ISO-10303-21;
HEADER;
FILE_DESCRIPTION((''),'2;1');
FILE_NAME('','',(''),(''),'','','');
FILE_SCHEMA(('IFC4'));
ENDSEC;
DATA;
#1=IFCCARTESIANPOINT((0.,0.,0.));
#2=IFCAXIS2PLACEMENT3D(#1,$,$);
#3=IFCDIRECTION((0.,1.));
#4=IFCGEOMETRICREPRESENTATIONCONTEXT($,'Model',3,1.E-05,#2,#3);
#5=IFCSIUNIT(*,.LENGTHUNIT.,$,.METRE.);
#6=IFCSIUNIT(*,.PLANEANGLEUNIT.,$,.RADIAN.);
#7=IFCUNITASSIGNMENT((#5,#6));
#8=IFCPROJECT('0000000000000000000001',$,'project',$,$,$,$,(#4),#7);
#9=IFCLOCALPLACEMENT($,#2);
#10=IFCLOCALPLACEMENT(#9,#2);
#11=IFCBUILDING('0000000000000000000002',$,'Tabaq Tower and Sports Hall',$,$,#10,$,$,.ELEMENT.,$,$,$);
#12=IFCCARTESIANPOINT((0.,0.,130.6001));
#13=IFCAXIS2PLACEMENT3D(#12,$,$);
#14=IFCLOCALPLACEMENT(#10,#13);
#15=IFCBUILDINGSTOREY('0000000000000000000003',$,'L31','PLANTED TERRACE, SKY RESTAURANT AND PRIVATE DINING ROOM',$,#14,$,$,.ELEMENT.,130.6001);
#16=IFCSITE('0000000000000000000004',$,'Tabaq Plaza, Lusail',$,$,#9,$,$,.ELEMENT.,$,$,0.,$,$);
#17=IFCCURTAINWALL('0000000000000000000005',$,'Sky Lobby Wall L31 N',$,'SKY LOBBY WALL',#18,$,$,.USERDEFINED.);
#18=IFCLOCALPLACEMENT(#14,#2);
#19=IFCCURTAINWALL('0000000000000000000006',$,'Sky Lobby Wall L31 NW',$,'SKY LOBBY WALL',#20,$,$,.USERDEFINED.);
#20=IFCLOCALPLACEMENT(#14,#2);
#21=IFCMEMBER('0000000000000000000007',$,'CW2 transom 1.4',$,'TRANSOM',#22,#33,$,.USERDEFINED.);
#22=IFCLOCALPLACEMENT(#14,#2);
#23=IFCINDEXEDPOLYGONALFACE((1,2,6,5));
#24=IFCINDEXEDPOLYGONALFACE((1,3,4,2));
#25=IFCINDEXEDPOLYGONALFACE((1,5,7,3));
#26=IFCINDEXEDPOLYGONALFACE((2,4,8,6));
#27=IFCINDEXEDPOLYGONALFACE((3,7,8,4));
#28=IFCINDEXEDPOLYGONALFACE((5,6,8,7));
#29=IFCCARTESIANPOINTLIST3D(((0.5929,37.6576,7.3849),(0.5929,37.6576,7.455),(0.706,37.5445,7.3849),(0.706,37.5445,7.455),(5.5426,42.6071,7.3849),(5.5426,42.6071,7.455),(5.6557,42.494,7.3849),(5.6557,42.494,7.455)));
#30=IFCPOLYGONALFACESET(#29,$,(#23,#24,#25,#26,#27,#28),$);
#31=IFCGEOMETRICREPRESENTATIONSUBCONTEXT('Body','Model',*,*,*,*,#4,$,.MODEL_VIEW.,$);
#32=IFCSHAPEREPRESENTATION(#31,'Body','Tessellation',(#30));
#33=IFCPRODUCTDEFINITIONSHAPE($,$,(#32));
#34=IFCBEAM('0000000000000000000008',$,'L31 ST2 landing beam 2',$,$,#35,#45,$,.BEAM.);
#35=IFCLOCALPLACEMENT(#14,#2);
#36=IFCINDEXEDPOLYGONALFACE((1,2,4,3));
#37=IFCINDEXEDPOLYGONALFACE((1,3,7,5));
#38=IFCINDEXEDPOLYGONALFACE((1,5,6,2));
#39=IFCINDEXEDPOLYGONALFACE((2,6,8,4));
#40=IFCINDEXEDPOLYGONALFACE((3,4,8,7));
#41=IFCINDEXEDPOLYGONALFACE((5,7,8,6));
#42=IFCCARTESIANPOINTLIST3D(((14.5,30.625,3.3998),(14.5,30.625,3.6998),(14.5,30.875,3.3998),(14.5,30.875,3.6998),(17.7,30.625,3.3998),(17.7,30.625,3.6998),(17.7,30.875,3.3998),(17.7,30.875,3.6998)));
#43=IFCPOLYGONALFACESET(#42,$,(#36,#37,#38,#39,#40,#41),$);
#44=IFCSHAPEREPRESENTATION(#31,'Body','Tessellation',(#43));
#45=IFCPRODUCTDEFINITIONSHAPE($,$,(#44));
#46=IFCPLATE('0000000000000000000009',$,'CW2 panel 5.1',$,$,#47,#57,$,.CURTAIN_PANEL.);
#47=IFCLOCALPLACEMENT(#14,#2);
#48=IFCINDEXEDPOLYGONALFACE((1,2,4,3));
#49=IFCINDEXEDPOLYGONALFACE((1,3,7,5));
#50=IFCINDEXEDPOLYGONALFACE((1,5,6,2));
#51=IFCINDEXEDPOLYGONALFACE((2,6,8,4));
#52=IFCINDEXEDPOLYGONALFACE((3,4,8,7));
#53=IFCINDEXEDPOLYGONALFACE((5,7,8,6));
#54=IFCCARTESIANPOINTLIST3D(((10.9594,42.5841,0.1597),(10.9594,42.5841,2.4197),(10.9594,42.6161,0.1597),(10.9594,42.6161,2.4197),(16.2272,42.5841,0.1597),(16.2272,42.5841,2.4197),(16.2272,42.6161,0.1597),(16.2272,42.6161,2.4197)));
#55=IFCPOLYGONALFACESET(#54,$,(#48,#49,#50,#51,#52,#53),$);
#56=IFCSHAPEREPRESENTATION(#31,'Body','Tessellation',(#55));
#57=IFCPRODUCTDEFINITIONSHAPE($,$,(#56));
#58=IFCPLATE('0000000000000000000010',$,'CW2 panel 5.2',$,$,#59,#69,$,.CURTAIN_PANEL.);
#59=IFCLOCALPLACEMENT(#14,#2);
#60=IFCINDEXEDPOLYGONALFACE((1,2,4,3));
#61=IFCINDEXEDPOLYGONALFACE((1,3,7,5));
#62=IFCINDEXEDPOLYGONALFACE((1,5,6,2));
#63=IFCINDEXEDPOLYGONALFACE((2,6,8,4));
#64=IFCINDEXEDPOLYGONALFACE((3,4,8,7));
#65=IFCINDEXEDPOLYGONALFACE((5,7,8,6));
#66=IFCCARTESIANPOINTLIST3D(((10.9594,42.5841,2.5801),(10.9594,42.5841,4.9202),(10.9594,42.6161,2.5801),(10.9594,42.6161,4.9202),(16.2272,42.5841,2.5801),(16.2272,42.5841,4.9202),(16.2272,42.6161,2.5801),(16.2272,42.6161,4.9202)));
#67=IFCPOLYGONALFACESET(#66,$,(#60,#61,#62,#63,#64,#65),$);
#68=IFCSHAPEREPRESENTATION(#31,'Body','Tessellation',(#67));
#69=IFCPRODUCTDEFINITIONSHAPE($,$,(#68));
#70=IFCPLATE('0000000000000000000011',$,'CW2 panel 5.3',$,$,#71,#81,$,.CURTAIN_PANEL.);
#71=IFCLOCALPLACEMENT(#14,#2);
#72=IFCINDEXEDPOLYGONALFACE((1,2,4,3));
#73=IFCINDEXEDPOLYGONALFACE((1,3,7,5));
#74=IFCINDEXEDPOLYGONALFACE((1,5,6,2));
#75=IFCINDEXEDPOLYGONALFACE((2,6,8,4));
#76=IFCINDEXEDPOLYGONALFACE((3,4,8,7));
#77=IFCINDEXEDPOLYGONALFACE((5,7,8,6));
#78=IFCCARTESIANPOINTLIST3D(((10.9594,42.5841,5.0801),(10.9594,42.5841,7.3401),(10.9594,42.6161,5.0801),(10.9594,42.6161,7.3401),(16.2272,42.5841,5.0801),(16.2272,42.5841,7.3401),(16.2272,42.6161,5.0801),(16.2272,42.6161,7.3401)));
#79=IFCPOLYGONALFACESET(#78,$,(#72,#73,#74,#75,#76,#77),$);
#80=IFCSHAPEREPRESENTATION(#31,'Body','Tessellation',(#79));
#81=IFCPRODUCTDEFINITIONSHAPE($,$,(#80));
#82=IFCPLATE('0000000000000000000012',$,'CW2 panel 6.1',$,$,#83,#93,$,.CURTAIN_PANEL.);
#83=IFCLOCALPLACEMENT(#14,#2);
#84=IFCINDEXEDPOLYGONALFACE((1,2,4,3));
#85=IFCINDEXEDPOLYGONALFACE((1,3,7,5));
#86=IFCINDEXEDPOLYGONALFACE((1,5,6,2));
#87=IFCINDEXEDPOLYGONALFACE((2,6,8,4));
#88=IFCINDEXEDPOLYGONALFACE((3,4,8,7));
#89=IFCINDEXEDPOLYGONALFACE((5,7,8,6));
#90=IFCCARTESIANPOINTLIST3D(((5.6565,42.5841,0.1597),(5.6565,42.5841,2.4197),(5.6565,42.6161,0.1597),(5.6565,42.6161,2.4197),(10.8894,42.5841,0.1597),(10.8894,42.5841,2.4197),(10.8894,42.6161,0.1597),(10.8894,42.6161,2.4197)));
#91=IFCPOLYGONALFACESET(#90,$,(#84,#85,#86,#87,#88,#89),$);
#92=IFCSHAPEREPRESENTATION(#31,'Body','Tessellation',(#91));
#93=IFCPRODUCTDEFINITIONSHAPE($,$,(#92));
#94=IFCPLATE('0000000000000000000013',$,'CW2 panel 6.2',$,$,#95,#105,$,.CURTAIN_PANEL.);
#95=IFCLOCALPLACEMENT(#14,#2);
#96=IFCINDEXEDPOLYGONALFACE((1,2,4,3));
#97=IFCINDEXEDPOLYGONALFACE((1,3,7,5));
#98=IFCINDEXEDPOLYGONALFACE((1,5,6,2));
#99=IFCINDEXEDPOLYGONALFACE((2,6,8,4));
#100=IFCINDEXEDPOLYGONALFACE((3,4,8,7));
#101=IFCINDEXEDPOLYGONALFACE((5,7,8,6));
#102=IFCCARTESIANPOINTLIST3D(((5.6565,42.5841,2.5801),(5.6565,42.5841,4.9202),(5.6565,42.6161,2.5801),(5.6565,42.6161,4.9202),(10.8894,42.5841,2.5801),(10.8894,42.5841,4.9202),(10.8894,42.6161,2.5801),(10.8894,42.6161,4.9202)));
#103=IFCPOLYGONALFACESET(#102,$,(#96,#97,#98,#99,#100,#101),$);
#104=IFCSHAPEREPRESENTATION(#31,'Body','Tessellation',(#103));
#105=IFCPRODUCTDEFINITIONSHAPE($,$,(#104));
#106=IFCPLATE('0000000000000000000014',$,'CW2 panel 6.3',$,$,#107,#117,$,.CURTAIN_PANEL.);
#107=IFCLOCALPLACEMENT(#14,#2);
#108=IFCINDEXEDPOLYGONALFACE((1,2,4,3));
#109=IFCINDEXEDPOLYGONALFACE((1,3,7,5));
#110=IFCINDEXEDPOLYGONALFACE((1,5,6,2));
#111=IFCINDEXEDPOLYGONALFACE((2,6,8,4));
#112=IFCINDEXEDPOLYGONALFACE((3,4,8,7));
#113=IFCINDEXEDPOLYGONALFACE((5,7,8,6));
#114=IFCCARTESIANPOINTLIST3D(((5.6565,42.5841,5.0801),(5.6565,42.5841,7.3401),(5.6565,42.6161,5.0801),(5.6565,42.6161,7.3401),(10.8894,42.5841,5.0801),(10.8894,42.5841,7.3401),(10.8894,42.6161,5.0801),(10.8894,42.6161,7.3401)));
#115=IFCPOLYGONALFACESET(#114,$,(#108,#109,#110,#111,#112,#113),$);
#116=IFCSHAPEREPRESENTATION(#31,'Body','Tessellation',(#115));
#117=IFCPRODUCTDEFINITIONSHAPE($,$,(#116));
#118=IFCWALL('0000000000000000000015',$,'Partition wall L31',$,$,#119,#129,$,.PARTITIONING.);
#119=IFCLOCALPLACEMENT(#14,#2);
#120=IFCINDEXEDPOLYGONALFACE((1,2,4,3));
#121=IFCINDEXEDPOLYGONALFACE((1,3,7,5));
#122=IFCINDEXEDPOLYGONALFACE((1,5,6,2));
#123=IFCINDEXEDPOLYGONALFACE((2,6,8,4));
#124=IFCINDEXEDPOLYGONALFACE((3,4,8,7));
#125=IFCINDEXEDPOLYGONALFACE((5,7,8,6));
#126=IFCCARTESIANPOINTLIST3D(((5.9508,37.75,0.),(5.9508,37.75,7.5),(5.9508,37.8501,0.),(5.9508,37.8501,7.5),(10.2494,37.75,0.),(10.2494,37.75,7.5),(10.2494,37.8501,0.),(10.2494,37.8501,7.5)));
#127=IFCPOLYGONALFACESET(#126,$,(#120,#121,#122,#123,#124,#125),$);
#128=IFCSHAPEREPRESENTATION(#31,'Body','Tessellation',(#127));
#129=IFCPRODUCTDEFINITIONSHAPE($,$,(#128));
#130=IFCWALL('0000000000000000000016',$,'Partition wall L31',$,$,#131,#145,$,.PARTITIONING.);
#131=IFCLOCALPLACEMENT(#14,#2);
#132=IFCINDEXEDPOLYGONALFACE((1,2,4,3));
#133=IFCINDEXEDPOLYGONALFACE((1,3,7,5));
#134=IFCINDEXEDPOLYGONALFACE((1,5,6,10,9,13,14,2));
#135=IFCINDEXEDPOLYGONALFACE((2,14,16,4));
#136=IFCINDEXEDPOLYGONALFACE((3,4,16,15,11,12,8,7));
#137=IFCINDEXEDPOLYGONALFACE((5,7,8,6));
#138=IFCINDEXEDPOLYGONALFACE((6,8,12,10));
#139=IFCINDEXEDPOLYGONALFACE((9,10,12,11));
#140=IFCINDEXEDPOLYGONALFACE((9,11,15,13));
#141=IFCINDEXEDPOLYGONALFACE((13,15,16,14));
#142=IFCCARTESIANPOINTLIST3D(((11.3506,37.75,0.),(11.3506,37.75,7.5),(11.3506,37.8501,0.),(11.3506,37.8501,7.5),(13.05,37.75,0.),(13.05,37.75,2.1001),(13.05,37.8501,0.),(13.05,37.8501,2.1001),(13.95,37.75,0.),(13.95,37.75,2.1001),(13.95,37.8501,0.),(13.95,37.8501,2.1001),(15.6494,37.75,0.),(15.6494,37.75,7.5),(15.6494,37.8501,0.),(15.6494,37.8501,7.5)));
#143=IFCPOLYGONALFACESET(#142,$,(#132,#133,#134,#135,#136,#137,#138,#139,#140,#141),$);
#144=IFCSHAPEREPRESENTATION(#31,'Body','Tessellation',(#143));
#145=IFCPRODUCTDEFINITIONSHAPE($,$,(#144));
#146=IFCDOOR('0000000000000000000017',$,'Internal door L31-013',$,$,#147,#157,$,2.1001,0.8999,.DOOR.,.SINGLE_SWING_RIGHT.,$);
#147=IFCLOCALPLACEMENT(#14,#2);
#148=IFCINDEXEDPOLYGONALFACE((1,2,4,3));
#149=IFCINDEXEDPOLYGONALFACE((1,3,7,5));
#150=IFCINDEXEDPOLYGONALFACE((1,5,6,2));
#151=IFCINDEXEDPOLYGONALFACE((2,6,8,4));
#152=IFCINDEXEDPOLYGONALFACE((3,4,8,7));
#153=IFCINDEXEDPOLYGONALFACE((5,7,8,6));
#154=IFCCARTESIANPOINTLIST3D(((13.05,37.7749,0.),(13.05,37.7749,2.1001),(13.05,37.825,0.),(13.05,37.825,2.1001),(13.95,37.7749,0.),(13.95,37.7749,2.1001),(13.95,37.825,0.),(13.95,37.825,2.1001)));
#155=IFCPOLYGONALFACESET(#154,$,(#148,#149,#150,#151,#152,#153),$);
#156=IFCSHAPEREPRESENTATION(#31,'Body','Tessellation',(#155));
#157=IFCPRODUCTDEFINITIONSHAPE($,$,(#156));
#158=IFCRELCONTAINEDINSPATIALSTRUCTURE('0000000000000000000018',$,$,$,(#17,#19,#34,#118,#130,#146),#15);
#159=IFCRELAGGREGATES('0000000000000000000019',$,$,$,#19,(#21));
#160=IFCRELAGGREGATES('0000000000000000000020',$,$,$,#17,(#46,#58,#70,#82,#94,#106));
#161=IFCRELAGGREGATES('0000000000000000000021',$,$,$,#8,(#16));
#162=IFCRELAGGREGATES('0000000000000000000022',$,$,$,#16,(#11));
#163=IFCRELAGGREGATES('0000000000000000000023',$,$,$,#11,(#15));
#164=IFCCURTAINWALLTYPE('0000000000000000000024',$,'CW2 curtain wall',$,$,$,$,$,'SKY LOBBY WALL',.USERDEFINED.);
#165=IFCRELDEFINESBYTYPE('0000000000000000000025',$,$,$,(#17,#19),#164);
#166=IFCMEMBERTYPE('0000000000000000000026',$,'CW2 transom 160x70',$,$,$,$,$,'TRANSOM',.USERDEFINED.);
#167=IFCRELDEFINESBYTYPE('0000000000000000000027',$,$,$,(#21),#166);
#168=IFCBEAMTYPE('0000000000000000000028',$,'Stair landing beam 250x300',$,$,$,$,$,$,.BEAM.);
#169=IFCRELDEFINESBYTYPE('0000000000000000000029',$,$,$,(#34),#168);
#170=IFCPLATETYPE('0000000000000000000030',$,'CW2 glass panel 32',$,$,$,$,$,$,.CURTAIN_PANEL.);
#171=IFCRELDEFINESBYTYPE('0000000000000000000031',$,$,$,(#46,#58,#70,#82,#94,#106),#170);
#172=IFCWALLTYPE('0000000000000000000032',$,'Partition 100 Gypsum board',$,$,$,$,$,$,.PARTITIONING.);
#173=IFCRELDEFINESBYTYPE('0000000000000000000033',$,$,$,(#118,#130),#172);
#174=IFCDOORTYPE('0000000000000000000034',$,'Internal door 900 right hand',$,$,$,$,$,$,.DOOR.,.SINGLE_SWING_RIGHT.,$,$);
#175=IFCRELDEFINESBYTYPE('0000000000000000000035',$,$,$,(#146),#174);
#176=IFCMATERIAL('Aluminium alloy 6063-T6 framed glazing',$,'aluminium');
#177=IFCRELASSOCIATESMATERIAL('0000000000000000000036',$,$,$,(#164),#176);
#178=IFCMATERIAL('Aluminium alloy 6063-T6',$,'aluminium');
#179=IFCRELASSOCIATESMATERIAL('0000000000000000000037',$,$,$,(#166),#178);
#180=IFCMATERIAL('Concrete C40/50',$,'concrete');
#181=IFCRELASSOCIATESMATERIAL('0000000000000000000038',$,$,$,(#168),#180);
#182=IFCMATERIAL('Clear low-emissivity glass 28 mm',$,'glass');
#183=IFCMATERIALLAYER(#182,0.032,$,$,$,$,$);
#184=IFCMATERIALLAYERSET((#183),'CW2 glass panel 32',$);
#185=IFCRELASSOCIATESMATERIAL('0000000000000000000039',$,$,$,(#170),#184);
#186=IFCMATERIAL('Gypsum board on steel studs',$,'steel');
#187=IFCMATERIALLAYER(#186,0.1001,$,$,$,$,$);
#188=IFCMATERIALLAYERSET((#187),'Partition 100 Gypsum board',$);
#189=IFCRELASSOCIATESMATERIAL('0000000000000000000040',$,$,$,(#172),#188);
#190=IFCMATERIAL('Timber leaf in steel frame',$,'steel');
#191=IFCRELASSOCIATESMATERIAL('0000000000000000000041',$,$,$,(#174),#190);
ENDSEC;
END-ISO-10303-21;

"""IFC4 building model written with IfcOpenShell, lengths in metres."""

from ifc_helpers import new_model, si_unit, direction, frame, frame_2d, origin, origin_2d, place, context, subcontext, project, spatial, rectangle, extrude, material, layer, layer_set, material_profile, profile_set, type_object, element, fill, aggregate, save


model = new_model("IFC4")

# Units and contexts
model_context = context("Model", 3, precision=1e-05, world=origin(), true_north=direction((0.0, 1.0)))
body_context = subcontext(model_context, "Body", "Model", "MODEL_VIEW")
ifc_project = project(units=[si_unit("LENGTHUNIT", "METRE"), si_unit("PLANEANGLEUNIT", "RADIAN")], contexts=[model_context])

# Site, building, storey
site_placement = place(None, origin())
site = spatial("IfcSite", under=ifc_project, at=site_placement, Name="Tabaq Plaza, Lusail", CompositionType="ELEMENT", RefElevation=0.0)
building_placement = place(site_placement, origin())
building = spatial("IfcBuilding", under=site, at=building_placement, Name="Tabaq Tower and Sports Hall", CompositionType="ELEMENT")
storey_placement = place(building_placement, frame((0.0, 0.0, 130.6001)))
storey = spatial("IfcBuildingStorey", under=building, at=storey_placement, Name="L31", Description="PLANTED TERRACE, SKY RESTAURANT AND PRIVATE DINING ROOM", CompositionType="ELEMENT", Elevation=130.6001)

# Curtain wall
ifc_material_1 = material(Name="Aluminium alloy 6063-T6 framed glazing", Category="aluminium")
curtain_wall_type = type_object("IfcCurtainWallType", Name="CW2 curtain wall", ElementType="SKY LOBBY WALL", PredefinedType="USERDEFINED", material=ifc_material_1)
curtain_wall_1_placement = place(storey_placement, origin())
curtain_wall_1 = element("IfcCurtainWall", 1, at=curtain_wall_1_placement, inside=storey, type_object=curtain_wall_type, Name="Sky Lobby Wall L31 N", ObjectType="SKY LOBBY WALL", PredefinedType="USERDEFINED")

# Curtain wall
curtain_wall_2_placement = place(storey_placement, origin())
curtain_wall_2 = element("IfcCurtainWall", 2, at=curtain_wall_2_placement, inside=storey, type_object=curtain_wall_type, Name="Sky Lobby Wall L31 NW", ObjectType="SKY LOBBY WALL", PredefinedType="USERDEFINED")

# Member
ifc_material_2 = material(Name="Aluminium alloy 6063-T6", Category="aluminium")
ifc_material_profile_1 = material_profile(ifc_material_2, rectangle(XDim=0.1599, YDim=0.0701, at=origin_2d()), Name="TRANSOM 160x70")
ifc_profile_set_1 = profile_set([ifc_material_profile_1], Name="Aluminium alloy 6063-T6")
member_type_1 = type_object("IfcMemberType", Name="CW2 transom 160x70", ElementType="TRANSOM", PredefinedType="USERDEFINED", material=ifc_profile_set_1)
member_1_placement = place(storey_placement, frame((5.5991, 42.5505, 7.4199), z_axis=(-0.707124, -0.707089, 0.0), x_axis=(0.707089, -0.707124, 0.0)))
member_1 = element("IfcMember", 3, at=member_1_placement, type_object=member_type_1, Name="CW2 transom 1.4", ObjectType="TRANSOM", PredefinedType="USERDEFINED", context=body_context, shape_type="SweptSolid", body=[
    extrude(rectangle(XDim=0.1599, YDim=0.0701, at=origin_2d()), origin(), (0.0, 0.0, 1.0), 6.9998),
])
aggregate(curtain_wall_2, [member_1])

# Beam
ifc_material_3 = material(Name="Concrete C40/50", Category="concrete")
ifc_material_profile_2 = material_profile(ifc_material_3, rectangle(XDim=0.25, YDim=0.3, at=origin_2d()), Name="RC 250x300")
ifc_profile_set_2 = profile_set([ifc_material_profile_2], Name="Concrete C40/50")
beam_type = type_object("IfcBeamType", Name="Stair landing beam 250x300", PredefinedType="BEAM", material=ifc_profile_set_2)
beam_placement = place(storey_placement, frame((14.5, 30.75, 3.5498), z_axis=(1.0, 0.0, 0.0), x_axis=(0.0, 1.0, 0.0)))
element("IfcBeam", 4, at=beam_placement, inside=storey, type_object=beam_type, Name="L31 ST2 landing beam 2", PredefinedType="BEAM", context=body_context, shape_type="SweptSolid", body=[
    extrude(rectangle(XDim=0.25, YDim=0.3, at=origin_2d()), origin(), (0.0, 0.0, 1.0), 3.2),
])

# Plates
ifc_material_4 = material(Name="Clear low-emissivity glass 28 mm", Category="glass")
ifc_layer_1 = layer(ifc_material_4, 0.032)
ifc_layer_set_1 = layer_set([ifc_layer_1], Name="CW2 glass panel 32")
plate_type = type_object("IfcPlateType", Name="CW2 glass panel 32", PredefinedType="CURTAIN_PANEL", material=ifc_layer_set_1)
plate_1_placement = place(storey_placement, frame((13.5933, 42.6001, 0.1597), z_axis=(0.0, 0.0, 1.0), x_axis=(-1.0, 0.0, 0.0)))
plate_1 = element("IfcPlate", 5, at=plate_1_placement, type_object=plate_type, Name="CW2 panel 5.1", PredefinedType="CURTAIN_PANEL", context=body_context, shape_type="SweptSolid", body=[
    extrude(rectangle(XDim=5.2678, YDim=0.032, at=origin_2d()), origin(), (0.0, 0.0, 1.0), 2.26),
])
plate_2_placement = place(storey_placement, frame((13.5933, 42.6001, 2.5801), z_axis=(0.0, 0.0, 1.0), x_axis=(-1.0, 0.0, 0.0)))
plate_2 = element("IfcPlate", 6, at=plate_2_placement, type_object=plate_type, Name="CW2 panel 5.2", PredefinedType="CURTAIN_PANEL", context=body_context, shape_type="SweptSolid", body=[
    extrude(rectangle(XDim=5.2678, YDim=0.032, at=origin_2d()), origin(), (0.0, 0.0, 1.0), 2.3401),
])
plate_3_placement = place(storey_placement, frame((13.5933, 42.6001, 5.0801), z_axis=(0.0, 0.0, 1.0), x_axis=(-1.0, 0.0, 0.0)))
plate_3 = element("IfcPlate", 7, at=plate_3_placement, type_object=plate_type, Name="CW2 panel 5.3", PredefinedType="CURTAIN_PANEL", context=body_context, shape_type="SweptSolid", body=[
    extrude(rectangle(XDim=5.2678, YDim=0.032, at=origin_2d()), origin(), (0.0, 0.0, 1.0), 2.26),
])
plate_4_placement = place(storey_placement, frame((8.2729, 42.6001, 0.1597), z_axis=(0.0, 0.0, 1.0), x_axis=(-1.0, 0.0, 0.0)))
plate_4 = element("IfcPlate", 8, at=plate_4_placement, type_object=plate_type, Name="CW2 panel 6.1", PredefinedType="CURTAIN_PANEL", context=body_context, shape_type="SweptSolid", body=[
    extrude(rectangle(XDim=5.2329, YDim=0.032, at=origin_2d()), origin(), (0.0, 0.0, 1.0), 2.26),
])
plate_5_placement = place(storey_placement, frame((8.2729, 42.6001, 2.5801), z_axis=(0.0, 0.0, 1.0), x_axis=(-1.0, 0.0, 0.0)))
plate_5 = element("IfcPlate", 9, at=plate_5_placement, type_object=plate_type, Name="CW2 panel 6.2", PredefinedType="CURTAIN_PANEL", context=body_context, shape_type="SweptSolid", body=[
    extrude(rectangle(XDim=5.2329, YDim=0.032, at=origin_2d()), origin(), (0.0, 0.0, 1.0), 2.3401),
])
plate_6_placement = place(storey_placement, frame((8.2729, 42.6001, 5.0801), z_axis=(0.0, 0.0, 1.0), x_axis=(-1.0, 0.0, 0.0)))
plate_6 = element("IfcPlate", 10, at=plate_6_placement, type_object=plate_type, Name="CW2 panel 6.3", PredefinedType="CURTAIN_PANEL", context=body_context, shape_type="SweptSolid", body=[
    extrude(rectangle(XDim=5.2329, YDim=0.032, at=origin_2d()), origin(), (0.0, 0.0, 1.0), 2.26),
])
aggregate(curtain_wall_1, [plate_1, plate_2, plate_3, plate_4, plate_5, plate_6])

# Wall
ifc_material_5 = material(Name="Gypsum board on steel studs", Category="steel")
ifc_layer_2 = layer(ifc_material_5, 0.1001)
ifc_layer_set_2 = layer_set([ifc_layer_2], Name="Partition 100 Gypsum board")
wall_type_1 = type_object("IfcWallType", Name="Partition 100 Gypsum board", PredefinedType="PARTITIONING", material=ifc_layer_set_2)
wall_1_placement = place(storey_placement, frame((5.9507, 37.8, 0.0), z_axis=(0.0, 0.0, 1.0), x_axis=(1.0, 0.0, 0.0)))
element("IfcWall", 11, at=wall_1_placement, inside=storey, type_object=wall_type_1, Name="Partition wall L31", PredefinedType="PARTITIONING", context=body_context, shape_type="SweptSolid", body=[
    extrude(rectangle(XDim=4.2986, YDim=0.1001, at=frame_2d((2.1494, 0.0))), origin(), (0.0, 0.0, 1.0), 7.5),
])

# Wall, opening, door
wall_2_placement = place(storey_placement, frame((11.3506, 37.8, 0.0), z_axis=(0.0, 0.0, 1.0), x_axis=(1.0, 0.0, 0.0)))
wall_2 = element("IfcWall", 12, at=wall_2_placement, inside=storey, type_object=wall_type_1, Name="Partition wall L31", PredefinedType="PARTITIONING", context=body_context, shape_type="SweptSolid", body=[
    extrude(rectangle(XDim=4.2988, YDim=0.1001, at=frame_2d((2.1494, 0.0))), origin(), (0.0, 0.0, 1.0), 7.5),
])
opening_1_placement = place(wall_2_placement, frame((1.6995, 0.0, 0.0)))
opening_1 = element("IfcOpeningElement", 13, at=opening_1_placement, cuts=wall_2, PredefinedType="OPENING", context=body_context, shape_type="SweptSolid", body=[
    extrude(rectangle(XDim=0.8999, YDim=2.1001, at=frame_2d((0.45, 1.05))), frame((0.0, 0.05, 0.0), z_axis=(0.0, -1.0, 0.0), x_axis=(1.0, 0.0, 0.0)), (0.0, 0.0, 1.0), 0.1001),
])
ifc_material_6 = material(Name="Timber leaf in steel frame", Category="steel")
door_type_1 = type_object("IfcDoorType", Name="Internal door 900 right hand", OperationType="SINGLE_SWING_RIGHT", PredefinedType="DOOR", material=ifc_material_6)
door_1_placement = place(opening_1_placement, origin())
door_1 = element("IfcDoor", 14, at=door_1_placement, inside=storey, type_object=door_type_1, Name="Internal door L31-013", OperationType="SINGLE_SWING_RIGHT", OverallHeight=2.1001, OverallWidth=0.8999, PredefinedType="DOOR", context=body_context, shape_type="SweptSolid", body=[
    extrude(rectangle(XDim=0.8999, YDim=2.1001, at=frame_2d((0.45, 1.05))), frame((0.0, 0.0249, 0.0), z_axis=(0.0, -1.0, 0.0), x_axis=(1.0, 0.0, 0.0)), (0.0, 0.0, 1.0), 0.05),
])
fill(opening_1, door_1)

save(model, "model.ifc")
